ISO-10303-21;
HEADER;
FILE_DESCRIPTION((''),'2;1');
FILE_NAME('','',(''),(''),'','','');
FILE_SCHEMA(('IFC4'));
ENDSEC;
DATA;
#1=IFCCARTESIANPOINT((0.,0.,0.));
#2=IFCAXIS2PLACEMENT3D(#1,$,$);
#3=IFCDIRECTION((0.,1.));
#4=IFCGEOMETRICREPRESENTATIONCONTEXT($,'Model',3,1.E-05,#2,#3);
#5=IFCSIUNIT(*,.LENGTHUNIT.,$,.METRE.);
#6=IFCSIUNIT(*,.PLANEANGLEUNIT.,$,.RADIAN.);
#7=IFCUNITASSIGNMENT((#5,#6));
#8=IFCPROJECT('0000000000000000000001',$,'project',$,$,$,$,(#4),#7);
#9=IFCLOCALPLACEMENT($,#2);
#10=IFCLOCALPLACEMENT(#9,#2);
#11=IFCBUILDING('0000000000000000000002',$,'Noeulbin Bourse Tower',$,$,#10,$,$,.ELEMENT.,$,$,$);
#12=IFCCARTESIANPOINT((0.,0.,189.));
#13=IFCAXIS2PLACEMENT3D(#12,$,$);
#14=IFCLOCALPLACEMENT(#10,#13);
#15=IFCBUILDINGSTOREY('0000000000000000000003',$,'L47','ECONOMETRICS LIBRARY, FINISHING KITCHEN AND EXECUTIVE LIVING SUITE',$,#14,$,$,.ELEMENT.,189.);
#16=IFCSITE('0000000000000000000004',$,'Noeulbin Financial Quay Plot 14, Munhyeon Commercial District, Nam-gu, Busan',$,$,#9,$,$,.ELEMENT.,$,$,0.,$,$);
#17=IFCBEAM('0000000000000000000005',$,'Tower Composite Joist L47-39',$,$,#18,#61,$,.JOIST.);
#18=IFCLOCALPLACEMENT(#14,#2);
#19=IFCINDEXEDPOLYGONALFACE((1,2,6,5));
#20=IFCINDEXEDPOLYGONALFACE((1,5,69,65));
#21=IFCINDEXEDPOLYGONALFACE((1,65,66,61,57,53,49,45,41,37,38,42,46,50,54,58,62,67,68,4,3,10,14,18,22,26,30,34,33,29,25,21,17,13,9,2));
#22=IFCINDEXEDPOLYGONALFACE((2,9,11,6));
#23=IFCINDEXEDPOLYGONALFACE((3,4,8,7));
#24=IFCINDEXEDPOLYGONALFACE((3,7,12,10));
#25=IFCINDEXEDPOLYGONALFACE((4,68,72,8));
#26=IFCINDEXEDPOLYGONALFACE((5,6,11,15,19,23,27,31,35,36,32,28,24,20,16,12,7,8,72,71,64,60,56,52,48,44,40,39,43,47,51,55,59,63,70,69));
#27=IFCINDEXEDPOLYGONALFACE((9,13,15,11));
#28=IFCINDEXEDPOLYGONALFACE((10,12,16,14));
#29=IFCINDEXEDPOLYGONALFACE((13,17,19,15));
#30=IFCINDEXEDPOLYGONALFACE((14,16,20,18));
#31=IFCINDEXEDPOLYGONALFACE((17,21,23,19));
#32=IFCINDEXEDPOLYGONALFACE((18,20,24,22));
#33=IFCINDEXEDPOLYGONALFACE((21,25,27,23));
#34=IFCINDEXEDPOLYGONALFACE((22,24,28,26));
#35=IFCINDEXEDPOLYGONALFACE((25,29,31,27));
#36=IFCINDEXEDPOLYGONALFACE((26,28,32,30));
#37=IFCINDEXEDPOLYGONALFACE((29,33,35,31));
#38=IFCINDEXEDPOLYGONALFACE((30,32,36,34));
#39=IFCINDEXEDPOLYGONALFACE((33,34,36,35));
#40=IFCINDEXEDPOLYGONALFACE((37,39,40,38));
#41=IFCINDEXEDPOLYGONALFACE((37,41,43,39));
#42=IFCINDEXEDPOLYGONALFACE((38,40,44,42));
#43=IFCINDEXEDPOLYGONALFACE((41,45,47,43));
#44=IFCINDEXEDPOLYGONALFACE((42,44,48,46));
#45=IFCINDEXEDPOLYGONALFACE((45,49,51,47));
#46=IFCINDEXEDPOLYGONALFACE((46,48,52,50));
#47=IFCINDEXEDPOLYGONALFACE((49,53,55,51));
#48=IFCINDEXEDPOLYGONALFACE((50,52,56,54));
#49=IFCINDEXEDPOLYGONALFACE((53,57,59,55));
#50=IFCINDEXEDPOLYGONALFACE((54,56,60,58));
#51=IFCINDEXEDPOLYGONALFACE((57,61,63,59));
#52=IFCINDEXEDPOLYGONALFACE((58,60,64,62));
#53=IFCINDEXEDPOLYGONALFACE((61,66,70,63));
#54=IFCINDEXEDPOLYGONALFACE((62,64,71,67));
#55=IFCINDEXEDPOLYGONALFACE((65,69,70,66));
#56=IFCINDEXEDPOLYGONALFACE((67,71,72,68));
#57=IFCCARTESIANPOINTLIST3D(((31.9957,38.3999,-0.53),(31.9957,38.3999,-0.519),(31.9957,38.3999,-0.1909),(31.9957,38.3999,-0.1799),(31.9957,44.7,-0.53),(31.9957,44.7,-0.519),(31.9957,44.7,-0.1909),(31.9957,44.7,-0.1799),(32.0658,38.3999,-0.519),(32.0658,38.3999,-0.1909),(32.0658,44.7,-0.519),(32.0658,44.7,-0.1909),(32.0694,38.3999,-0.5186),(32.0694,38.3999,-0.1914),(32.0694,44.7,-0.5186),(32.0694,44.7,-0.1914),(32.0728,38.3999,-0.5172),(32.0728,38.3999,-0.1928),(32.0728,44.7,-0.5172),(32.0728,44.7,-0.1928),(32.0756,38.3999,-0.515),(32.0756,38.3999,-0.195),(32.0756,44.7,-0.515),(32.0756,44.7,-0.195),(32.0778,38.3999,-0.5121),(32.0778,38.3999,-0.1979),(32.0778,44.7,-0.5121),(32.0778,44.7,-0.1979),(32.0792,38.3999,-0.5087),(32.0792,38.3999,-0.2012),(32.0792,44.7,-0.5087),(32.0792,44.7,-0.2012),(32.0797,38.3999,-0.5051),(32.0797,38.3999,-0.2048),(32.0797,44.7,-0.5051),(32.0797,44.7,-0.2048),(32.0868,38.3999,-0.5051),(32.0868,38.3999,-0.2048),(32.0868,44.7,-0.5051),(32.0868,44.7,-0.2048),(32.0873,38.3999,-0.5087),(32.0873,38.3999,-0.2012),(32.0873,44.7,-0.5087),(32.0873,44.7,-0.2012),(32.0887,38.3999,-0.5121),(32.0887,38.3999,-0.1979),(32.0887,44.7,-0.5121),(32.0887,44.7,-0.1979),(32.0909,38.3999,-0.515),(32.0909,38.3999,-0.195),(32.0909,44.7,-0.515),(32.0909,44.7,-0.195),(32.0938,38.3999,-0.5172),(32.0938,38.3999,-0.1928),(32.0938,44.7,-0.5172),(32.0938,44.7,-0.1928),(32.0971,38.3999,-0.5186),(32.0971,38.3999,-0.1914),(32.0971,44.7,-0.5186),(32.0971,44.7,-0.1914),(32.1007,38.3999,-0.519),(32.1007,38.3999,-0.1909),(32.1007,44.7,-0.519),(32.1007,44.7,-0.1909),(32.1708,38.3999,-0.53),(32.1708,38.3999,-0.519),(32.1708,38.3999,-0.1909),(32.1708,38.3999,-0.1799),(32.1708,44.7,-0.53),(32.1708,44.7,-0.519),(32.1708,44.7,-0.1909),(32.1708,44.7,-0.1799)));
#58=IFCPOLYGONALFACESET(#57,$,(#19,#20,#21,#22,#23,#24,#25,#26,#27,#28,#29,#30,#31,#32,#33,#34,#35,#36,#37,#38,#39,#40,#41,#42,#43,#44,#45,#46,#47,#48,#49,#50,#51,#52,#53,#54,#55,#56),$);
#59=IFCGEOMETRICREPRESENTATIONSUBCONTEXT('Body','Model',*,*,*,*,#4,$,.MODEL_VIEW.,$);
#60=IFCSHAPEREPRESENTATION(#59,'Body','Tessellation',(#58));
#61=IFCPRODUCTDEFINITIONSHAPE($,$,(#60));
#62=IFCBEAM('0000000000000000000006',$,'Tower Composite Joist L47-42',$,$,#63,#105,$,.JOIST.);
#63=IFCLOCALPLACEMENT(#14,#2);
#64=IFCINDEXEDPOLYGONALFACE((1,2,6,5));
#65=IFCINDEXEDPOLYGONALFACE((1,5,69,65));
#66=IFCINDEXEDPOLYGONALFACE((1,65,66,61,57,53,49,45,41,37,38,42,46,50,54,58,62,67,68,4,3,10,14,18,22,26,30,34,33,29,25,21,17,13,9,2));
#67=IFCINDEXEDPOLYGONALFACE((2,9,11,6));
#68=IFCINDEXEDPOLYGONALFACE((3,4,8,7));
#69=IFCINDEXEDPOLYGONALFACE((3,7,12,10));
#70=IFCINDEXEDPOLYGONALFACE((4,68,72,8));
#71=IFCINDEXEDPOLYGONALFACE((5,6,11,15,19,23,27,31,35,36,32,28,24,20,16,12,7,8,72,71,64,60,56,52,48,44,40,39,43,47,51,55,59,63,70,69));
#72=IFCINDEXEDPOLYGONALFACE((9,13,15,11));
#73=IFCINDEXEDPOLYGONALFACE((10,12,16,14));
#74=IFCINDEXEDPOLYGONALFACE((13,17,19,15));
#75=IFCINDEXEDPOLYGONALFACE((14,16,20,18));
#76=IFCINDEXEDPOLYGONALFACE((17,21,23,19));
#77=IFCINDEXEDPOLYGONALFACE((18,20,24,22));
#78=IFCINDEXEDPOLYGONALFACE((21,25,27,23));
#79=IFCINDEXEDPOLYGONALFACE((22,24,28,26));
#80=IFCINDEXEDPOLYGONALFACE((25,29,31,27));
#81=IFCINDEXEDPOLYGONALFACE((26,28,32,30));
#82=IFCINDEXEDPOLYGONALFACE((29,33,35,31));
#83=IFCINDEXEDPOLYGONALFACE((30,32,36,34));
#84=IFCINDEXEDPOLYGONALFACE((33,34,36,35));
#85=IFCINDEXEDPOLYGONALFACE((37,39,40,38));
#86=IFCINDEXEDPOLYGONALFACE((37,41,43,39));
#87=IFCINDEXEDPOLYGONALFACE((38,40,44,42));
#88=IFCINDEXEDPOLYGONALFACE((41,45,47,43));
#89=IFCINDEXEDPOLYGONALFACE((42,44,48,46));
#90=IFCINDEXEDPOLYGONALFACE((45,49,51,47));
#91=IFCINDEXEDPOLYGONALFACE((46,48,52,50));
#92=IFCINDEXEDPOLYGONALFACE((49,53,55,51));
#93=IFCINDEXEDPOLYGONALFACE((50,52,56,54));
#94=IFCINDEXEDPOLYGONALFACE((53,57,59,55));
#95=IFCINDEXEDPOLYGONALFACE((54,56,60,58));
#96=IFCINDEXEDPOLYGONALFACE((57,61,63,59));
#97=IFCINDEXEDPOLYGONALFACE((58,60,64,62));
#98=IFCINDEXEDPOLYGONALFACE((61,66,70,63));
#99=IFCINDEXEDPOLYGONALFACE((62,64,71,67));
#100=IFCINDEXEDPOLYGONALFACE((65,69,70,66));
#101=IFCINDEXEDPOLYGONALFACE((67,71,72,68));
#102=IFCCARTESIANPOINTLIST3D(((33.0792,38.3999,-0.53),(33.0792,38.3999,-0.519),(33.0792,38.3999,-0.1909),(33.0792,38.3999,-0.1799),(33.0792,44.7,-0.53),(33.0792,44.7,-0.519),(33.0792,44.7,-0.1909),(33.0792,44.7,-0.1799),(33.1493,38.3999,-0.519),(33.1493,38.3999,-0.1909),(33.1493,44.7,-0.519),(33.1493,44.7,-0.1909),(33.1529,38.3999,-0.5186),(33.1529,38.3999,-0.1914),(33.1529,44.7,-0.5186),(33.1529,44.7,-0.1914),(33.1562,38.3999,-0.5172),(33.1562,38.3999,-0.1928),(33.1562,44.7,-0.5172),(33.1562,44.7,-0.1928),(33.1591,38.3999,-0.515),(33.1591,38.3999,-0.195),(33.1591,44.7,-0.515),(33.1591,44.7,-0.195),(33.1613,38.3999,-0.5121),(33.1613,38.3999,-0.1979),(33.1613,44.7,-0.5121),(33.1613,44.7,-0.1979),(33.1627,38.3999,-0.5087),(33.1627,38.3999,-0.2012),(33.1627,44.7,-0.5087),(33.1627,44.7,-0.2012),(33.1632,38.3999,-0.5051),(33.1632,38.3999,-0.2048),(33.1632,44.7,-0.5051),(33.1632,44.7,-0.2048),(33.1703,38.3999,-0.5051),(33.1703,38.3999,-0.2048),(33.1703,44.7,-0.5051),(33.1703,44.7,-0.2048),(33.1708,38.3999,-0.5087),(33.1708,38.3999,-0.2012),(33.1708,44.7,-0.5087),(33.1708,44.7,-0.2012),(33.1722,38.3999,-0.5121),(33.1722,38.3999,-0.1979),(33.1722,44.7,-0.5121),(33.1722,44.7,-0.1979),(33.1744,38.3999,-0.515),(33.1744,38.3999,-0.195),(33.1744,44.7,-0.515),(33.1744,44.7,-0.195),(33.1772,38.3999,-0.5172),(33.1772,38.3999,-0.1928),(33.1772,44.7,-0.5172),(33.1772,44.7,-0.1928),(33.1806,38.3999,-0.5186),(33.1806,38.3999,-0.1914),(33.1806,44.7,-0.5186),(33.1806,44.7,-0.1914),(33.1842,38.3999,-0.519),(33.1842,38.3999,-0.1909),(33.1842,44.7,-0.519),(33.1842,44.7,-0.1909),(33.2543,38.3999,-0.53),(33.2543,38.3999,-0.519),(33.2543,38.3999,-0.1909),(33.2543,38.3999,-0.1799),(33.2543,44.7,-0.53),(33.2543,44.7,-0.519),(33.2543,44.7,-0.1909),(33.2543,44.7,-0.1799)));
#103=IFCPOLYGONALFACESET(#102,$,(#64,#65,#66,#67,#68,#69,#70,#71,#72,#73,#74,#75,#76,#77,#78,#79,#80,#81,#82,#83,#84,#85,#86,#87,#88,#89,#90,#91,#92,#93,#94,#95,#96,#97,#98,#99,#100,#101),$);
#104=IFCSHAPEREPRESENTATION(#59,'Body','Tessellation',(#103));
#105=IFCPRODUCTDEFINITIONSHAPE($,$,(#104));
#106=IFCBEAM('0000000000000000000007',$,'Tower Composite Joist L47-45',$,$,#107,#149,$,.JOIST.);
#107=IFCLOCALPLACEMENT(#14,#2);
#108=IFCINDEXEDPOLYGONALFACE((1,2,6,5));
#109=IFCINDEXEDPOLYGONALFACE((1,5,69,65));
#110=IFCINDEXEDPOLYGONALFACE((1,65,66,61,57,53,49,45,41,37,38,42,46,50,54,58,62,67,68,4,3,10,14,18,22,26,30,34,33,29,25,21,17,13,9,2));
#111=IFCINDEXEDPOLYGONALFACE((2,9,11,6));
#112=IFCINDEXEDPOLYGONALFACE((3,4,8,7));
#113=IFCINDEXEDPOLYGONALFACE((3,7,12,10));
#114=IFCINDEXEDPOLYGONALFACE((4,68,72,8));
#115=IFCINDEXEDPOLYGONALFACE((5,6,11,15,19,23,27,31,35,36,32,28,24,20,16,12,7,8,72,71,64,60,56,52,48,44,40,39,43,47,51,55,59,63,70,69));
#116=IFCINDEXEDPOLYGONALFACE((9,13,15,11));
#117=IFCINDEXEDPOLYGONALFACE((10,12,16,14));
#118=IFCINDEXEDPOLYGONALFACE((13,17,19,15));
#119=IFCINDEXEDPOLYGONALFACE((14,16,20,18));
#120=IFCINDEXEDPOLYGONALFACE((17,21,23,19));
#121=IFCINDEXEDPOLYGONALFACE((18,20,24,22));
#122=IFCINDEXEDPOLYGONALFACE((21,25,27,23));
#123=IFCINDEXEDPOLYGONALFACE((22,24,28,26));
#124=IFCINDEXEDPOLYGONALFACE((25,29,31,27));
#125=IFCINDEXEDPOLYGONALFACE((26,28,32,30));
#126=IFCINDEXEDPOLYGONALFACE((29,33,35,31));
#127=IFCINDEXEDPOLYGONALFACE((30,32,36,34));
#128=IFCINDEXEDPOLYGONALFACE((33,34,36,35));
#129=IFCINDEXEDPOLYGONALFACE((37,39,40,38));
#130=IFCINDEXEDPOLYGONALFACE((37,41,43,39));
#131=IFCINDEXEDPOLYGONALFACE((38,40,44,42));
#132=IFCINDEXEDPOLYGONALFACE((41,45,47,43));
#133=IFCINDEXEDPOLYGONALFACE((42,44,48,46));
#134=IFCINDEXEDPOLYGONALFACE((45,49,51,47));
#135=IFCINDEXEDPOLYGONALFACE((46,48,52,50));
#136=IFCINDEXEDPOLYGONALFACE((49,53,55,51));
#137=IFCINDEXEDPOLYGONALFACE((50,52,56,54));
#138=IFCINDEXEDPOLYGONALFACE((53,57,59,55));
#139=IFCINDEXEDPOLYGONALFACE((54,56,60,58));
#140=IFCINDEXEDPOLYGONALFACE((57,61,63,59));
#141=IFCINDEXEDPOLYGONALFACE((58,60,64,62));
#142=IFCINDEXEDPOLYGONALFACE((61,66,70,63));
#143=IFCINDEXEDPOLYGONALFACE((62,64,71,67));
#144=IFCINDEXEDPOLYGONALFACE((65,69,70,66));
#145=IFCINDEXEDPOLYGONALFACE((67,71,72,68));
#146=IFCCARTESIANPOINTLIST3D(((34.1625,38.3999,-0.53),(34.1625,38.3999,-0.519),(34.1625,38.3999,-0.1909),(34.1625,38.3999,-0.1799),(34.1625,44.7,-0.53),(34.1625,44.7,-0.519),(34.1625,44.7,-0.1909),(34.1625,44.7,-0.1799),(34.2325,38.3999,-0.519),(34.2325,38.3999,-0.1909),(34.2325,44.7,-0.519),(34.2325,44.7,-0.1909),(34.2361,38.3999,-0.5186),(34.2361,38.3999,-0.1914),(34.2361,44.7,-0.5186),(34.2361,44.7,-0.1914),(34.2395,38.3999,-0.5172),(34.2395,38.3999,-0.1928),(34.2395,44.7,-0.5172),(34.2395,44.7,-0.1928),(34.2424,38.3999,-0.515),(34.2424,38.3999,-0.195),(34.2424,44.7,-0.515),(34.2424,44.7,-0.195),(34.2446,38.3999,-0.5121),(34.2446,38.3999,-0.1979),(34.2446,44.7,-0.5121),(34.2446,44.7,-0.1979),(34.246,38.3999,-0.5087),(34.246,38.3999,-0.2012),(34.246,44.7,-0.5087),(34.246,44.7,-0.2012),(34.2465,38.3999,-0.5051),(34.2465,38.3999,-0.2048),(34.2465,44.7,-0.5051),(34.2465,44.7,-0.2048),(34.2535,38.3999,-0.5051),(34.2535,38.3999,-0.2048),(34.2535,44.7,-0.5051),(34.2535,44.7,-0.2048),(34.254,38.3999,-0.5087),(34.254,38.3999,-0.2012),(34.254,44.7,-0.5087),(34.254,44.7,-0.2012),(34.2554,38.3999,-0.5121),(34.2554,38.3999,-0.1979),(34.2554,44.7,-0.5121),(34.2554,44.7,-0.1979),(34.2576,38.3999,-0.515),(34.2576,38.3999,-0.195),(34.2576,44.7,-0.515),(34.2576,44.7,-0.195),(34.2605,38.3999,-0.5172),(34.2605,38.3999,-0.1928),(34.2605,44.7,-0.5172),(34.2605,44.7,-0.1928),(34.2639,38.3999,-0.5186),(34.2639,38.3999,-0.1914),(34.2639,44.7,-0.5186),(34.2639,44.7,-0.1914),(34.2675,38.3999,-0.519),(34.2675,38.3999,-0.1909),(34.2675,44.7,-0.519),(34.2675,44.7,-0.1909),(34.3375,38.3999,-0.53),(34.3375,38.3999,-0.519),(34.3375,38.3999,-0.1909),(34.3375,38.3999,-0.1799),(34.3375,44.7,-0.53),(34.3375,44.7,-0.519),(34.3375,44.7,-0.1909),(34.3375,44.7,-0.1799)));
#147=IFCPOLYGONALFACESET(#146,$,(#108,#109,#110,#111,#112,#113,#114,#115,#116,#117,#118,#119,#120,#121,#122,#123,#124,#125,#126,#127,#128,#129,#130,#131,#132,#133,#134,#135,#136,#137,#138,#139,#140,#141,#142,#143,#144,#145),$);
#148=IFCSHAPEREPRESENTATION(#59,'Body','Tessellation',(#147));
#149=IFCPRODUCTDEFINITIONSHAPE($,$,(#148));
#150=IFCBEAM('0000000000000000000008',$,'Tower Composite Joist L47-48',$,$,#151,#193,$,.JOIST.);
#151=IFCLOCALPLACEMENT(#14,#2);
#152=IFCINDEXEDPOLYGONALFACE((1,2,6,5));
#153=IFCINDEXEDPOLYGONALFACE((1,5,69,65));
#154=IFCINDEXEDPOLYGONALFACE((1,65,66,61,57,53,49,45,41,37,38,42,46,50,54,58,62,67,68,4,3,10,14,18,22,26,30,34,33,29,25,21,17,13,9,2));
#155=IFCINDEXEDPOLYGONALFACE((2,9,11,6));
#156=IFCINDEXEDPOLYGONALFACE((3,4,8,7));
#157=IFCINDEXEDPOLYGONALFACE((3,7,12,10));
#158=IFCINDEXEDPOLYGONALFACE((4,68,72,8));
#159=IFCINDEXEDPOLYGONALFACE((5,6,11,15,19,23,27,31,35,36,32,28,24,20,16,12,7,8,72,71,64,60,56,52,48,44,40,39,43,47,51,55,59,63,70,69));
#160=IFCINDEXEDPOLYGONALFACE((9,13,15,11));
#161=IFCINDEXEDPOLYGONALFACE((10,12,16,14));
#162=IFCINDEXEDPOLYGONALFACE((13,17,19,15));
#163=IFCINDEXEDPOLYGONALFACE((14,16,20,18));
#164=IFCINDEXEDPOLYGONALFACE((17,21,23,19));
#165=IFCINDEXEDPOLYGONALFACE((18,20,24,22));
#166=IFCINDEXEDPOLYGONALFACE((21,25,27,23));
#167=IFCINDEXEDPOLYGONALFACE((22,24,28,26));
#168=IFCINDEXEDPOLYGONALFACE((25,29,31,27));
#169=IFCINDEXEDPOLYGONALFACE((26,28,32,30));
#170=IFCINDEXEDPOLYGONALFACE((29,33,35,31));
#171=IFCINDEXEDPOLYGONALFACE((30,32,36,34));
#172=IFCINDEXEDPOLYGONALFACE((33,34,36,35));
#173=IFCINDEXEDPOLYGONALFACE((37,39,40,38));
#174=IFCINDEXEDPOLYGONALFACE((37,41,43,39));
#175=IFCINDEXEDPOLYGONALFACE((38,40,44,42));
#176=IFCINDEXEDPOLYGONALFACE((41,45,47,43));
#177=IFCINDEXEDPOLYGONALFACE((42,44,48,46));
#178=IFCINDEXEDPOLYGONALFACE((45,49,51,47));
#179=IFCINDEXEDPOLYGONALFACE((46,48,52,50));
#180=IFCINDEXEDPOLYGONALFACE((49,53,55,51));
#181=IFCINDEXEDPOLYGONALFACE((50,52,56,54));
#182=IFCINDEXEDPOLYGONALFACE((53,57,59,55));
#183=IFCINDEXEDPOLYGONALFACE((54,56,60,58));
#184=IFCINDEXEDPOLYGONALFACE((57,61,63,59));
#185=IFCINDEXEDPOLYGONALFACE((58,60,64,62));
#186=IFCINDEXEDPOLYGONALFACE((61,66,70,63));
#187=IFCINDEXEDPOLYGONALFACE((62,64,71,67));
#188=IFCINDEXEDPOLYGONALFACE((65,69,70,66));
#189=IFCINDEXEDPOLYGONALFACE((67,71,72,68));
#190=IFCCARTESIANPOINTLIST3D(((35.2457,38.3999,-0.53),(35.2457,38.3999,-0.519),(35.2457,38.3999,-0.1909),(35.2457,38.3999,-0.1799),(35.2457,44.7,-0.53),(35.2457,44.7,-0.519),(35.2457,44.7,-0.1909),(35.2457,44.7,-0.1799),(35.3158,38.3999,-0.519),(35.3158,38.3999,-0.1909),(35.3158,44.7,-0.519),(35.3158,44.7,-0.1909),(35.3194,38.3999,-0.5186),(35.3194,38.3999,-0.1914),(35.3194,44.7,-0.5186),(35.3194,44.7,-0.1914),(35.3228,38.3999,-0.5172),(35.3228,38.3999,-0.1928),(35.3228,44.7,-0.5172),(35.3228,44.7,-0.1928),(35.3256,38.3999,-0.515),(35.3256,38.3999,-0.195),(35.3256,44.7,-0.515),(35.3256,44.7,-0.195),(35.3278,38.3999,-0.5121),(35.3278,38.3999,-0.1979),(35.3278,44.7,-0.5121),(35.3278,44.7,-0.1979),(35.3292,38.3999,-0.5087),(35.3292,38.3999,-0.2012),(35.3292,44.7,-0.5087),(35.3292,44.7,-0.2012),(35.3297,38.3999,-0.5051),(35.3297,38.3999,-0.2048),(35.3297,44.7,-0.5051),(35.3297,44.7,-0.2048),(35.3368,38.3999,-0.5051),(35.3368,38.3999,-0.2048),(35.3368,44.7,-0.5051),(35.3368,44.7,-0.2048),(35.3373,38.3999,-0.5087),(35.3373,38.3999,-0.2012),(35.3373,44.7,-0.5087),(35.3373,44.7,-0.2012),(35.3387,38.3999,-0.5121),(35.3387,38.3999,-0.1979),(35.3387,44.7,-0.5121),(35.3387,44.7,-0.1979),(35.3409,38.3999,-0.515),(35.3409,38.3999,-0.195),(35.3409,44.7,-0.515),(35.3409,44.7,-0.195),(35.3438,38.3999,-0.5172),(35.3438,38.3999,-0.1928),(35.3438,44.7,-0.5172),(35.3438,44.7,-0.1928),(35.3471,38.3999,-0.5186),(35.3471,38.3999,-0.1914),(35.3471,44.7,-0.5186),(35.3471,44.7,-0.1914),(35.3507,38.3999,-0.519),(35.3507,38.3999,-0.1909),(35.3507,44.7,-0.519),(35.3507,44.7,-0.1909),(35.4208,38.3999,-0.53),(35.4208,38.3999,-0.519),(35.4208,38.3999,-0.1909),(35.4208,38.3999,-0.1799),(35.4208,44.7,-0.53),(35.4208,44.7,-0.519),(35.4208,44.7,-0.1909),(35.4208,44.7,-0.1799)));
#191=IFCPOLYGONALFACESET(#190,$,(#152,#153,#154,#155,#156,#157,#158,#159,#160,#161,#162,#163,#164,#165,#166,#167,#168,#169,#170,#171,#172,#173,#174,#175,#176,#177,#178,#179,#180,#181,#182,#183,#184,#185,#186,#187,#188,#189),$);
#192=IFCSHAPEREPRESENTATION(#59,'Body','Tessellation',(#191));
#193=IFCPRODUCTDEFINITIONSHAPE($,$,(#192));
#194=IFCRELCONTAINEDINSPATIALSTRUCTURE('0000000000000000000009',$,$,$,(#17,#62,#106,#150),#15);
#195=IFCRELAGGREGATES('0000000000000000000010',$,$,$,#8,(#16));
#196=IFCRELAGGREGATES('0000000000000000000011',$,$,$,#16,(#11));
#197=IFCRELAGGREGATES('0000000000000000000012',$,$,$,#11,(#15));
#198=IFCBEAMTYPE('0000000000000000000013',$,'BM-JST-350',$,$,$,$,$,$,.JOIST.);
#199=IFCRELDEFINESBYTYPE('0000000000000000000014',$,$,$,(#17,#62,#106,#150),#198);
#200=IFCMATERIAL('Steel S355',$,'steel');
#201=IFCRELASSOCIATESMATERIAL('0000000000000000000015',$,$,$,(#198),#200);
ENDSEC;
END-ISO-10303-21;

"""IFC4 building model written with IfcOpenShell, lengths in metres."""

from ifc_helpers import new_model, si_unit, direction, frame, origin, origin_2d, place, context, subcontext, project, spatial, i_section, extrude, material, material_profile, profile_set, type_object, element, save


model = new_model("IFC4")

# Units and contexts
model_context = context("Model", 3, precision=1e-05, world=origin(), true_north=direction((0.0, 1.0)))
body_context = subcontext(model_context, "Body", "Model", "MODEL_VIEW")
ifc_project = project(units=[si_unit("LENGTHUNIT", "METRE"), si_unit("PLANEANGLEUNIT", "RADIAN")], contexts=[model_context])

# Site, building, storey
site_placement = place(None, origin())
site = spatial("IfcSite", under=ifc_project, at=site_placement, Name="Noeulbin Financial Quay Plot 14, Munhyeon Commercial District, Nam-gu, Busan", CompositionType="ELEMENT", RefElevation=0.0)
building_placement = place(site_placement, origin())
building = spatial("IfcBuilding", under=site, at=building_placement, Name="Noeulbin Bourse Tower", CompositionType="ELEMENT")
storey_placement = place(building_placement, frame((0.0, 0.0, 189.0)))
storey = spatial("IfcBuildingStorey", under=building, at=storey_placement, Name="L47", Description="ECONOMETRICS LIBRARY, FINISHING KITCHEN AND EXECUTIVE LIVING SUITE", CompositionType="ELEMENT", Elevation=189.0)

# Shared definitions
ifc_material_1 = material(Name="Steel S355", Category="steel")

# Beams
ifc_material_profile_1 = material_profile(ifc_material_1, i_section(OverallWidth=0.175, OverallDepth=0.3501, WebThickness=0.0071, FlangeThickness=0.011, FilletRadius=0.0139, at=origin_2d()), Name="H-350x175x7x11", Category="LoadBearing")
ifc_profile_set_1 = profile_set([ifc_material_profile_1], Name="Steel S355")
beam_type_1 = type_object("IfcBeamType", Name="BM-JST-350", PredefinedType="JOIST", material=ifc_profile_set_1)
for number, where, z_axis, x_axis, name in (
    (1, (32.0833, 38.3999, -0.355), (0.0, 1.0, 0.0), (-1.0, 0.0, 0.0), "Tower Composite Joist L47-39"),
    (2, (33.1667, 38.3999, -0.355), (0.0, 1.0, 0.0), (-1.0, 0.0, 0.0), "Tower Composite Joist L47-42"),
    (3, (34.25, 38.3999, -0.355), (0.0, 1.0, 0.0), (-1.0, 0.0, 0.0), "Tower Composite Joist L47-45"),
    (4, (35.3333, 38.3999, -0.355), (0.0, 1.0, 0.0), (-1.0, 0.0, 0.0), "Tower Composite Joist L47-48"),
):
    element("IfcBeam", number, at=place(storey_placement, frame(where, z_axis=z_axis, x_axis=x_axis)), inside=storey, type_object=beam_type_1, Name=name, PredefinedType="JOIST", context=body_context, shape_type="SweptSolid", body=[
        extrude(i_section(OverallWidth=0.175, OverallDepth=0.3501, WebThickness=0.0071, FlangeThickness=0.011, FilletRadius=0.0139, at=origin_2d()), origin(), (0.0, 0.0, 1.0), 6.3),
    ])

save(model, "model.ifc")
